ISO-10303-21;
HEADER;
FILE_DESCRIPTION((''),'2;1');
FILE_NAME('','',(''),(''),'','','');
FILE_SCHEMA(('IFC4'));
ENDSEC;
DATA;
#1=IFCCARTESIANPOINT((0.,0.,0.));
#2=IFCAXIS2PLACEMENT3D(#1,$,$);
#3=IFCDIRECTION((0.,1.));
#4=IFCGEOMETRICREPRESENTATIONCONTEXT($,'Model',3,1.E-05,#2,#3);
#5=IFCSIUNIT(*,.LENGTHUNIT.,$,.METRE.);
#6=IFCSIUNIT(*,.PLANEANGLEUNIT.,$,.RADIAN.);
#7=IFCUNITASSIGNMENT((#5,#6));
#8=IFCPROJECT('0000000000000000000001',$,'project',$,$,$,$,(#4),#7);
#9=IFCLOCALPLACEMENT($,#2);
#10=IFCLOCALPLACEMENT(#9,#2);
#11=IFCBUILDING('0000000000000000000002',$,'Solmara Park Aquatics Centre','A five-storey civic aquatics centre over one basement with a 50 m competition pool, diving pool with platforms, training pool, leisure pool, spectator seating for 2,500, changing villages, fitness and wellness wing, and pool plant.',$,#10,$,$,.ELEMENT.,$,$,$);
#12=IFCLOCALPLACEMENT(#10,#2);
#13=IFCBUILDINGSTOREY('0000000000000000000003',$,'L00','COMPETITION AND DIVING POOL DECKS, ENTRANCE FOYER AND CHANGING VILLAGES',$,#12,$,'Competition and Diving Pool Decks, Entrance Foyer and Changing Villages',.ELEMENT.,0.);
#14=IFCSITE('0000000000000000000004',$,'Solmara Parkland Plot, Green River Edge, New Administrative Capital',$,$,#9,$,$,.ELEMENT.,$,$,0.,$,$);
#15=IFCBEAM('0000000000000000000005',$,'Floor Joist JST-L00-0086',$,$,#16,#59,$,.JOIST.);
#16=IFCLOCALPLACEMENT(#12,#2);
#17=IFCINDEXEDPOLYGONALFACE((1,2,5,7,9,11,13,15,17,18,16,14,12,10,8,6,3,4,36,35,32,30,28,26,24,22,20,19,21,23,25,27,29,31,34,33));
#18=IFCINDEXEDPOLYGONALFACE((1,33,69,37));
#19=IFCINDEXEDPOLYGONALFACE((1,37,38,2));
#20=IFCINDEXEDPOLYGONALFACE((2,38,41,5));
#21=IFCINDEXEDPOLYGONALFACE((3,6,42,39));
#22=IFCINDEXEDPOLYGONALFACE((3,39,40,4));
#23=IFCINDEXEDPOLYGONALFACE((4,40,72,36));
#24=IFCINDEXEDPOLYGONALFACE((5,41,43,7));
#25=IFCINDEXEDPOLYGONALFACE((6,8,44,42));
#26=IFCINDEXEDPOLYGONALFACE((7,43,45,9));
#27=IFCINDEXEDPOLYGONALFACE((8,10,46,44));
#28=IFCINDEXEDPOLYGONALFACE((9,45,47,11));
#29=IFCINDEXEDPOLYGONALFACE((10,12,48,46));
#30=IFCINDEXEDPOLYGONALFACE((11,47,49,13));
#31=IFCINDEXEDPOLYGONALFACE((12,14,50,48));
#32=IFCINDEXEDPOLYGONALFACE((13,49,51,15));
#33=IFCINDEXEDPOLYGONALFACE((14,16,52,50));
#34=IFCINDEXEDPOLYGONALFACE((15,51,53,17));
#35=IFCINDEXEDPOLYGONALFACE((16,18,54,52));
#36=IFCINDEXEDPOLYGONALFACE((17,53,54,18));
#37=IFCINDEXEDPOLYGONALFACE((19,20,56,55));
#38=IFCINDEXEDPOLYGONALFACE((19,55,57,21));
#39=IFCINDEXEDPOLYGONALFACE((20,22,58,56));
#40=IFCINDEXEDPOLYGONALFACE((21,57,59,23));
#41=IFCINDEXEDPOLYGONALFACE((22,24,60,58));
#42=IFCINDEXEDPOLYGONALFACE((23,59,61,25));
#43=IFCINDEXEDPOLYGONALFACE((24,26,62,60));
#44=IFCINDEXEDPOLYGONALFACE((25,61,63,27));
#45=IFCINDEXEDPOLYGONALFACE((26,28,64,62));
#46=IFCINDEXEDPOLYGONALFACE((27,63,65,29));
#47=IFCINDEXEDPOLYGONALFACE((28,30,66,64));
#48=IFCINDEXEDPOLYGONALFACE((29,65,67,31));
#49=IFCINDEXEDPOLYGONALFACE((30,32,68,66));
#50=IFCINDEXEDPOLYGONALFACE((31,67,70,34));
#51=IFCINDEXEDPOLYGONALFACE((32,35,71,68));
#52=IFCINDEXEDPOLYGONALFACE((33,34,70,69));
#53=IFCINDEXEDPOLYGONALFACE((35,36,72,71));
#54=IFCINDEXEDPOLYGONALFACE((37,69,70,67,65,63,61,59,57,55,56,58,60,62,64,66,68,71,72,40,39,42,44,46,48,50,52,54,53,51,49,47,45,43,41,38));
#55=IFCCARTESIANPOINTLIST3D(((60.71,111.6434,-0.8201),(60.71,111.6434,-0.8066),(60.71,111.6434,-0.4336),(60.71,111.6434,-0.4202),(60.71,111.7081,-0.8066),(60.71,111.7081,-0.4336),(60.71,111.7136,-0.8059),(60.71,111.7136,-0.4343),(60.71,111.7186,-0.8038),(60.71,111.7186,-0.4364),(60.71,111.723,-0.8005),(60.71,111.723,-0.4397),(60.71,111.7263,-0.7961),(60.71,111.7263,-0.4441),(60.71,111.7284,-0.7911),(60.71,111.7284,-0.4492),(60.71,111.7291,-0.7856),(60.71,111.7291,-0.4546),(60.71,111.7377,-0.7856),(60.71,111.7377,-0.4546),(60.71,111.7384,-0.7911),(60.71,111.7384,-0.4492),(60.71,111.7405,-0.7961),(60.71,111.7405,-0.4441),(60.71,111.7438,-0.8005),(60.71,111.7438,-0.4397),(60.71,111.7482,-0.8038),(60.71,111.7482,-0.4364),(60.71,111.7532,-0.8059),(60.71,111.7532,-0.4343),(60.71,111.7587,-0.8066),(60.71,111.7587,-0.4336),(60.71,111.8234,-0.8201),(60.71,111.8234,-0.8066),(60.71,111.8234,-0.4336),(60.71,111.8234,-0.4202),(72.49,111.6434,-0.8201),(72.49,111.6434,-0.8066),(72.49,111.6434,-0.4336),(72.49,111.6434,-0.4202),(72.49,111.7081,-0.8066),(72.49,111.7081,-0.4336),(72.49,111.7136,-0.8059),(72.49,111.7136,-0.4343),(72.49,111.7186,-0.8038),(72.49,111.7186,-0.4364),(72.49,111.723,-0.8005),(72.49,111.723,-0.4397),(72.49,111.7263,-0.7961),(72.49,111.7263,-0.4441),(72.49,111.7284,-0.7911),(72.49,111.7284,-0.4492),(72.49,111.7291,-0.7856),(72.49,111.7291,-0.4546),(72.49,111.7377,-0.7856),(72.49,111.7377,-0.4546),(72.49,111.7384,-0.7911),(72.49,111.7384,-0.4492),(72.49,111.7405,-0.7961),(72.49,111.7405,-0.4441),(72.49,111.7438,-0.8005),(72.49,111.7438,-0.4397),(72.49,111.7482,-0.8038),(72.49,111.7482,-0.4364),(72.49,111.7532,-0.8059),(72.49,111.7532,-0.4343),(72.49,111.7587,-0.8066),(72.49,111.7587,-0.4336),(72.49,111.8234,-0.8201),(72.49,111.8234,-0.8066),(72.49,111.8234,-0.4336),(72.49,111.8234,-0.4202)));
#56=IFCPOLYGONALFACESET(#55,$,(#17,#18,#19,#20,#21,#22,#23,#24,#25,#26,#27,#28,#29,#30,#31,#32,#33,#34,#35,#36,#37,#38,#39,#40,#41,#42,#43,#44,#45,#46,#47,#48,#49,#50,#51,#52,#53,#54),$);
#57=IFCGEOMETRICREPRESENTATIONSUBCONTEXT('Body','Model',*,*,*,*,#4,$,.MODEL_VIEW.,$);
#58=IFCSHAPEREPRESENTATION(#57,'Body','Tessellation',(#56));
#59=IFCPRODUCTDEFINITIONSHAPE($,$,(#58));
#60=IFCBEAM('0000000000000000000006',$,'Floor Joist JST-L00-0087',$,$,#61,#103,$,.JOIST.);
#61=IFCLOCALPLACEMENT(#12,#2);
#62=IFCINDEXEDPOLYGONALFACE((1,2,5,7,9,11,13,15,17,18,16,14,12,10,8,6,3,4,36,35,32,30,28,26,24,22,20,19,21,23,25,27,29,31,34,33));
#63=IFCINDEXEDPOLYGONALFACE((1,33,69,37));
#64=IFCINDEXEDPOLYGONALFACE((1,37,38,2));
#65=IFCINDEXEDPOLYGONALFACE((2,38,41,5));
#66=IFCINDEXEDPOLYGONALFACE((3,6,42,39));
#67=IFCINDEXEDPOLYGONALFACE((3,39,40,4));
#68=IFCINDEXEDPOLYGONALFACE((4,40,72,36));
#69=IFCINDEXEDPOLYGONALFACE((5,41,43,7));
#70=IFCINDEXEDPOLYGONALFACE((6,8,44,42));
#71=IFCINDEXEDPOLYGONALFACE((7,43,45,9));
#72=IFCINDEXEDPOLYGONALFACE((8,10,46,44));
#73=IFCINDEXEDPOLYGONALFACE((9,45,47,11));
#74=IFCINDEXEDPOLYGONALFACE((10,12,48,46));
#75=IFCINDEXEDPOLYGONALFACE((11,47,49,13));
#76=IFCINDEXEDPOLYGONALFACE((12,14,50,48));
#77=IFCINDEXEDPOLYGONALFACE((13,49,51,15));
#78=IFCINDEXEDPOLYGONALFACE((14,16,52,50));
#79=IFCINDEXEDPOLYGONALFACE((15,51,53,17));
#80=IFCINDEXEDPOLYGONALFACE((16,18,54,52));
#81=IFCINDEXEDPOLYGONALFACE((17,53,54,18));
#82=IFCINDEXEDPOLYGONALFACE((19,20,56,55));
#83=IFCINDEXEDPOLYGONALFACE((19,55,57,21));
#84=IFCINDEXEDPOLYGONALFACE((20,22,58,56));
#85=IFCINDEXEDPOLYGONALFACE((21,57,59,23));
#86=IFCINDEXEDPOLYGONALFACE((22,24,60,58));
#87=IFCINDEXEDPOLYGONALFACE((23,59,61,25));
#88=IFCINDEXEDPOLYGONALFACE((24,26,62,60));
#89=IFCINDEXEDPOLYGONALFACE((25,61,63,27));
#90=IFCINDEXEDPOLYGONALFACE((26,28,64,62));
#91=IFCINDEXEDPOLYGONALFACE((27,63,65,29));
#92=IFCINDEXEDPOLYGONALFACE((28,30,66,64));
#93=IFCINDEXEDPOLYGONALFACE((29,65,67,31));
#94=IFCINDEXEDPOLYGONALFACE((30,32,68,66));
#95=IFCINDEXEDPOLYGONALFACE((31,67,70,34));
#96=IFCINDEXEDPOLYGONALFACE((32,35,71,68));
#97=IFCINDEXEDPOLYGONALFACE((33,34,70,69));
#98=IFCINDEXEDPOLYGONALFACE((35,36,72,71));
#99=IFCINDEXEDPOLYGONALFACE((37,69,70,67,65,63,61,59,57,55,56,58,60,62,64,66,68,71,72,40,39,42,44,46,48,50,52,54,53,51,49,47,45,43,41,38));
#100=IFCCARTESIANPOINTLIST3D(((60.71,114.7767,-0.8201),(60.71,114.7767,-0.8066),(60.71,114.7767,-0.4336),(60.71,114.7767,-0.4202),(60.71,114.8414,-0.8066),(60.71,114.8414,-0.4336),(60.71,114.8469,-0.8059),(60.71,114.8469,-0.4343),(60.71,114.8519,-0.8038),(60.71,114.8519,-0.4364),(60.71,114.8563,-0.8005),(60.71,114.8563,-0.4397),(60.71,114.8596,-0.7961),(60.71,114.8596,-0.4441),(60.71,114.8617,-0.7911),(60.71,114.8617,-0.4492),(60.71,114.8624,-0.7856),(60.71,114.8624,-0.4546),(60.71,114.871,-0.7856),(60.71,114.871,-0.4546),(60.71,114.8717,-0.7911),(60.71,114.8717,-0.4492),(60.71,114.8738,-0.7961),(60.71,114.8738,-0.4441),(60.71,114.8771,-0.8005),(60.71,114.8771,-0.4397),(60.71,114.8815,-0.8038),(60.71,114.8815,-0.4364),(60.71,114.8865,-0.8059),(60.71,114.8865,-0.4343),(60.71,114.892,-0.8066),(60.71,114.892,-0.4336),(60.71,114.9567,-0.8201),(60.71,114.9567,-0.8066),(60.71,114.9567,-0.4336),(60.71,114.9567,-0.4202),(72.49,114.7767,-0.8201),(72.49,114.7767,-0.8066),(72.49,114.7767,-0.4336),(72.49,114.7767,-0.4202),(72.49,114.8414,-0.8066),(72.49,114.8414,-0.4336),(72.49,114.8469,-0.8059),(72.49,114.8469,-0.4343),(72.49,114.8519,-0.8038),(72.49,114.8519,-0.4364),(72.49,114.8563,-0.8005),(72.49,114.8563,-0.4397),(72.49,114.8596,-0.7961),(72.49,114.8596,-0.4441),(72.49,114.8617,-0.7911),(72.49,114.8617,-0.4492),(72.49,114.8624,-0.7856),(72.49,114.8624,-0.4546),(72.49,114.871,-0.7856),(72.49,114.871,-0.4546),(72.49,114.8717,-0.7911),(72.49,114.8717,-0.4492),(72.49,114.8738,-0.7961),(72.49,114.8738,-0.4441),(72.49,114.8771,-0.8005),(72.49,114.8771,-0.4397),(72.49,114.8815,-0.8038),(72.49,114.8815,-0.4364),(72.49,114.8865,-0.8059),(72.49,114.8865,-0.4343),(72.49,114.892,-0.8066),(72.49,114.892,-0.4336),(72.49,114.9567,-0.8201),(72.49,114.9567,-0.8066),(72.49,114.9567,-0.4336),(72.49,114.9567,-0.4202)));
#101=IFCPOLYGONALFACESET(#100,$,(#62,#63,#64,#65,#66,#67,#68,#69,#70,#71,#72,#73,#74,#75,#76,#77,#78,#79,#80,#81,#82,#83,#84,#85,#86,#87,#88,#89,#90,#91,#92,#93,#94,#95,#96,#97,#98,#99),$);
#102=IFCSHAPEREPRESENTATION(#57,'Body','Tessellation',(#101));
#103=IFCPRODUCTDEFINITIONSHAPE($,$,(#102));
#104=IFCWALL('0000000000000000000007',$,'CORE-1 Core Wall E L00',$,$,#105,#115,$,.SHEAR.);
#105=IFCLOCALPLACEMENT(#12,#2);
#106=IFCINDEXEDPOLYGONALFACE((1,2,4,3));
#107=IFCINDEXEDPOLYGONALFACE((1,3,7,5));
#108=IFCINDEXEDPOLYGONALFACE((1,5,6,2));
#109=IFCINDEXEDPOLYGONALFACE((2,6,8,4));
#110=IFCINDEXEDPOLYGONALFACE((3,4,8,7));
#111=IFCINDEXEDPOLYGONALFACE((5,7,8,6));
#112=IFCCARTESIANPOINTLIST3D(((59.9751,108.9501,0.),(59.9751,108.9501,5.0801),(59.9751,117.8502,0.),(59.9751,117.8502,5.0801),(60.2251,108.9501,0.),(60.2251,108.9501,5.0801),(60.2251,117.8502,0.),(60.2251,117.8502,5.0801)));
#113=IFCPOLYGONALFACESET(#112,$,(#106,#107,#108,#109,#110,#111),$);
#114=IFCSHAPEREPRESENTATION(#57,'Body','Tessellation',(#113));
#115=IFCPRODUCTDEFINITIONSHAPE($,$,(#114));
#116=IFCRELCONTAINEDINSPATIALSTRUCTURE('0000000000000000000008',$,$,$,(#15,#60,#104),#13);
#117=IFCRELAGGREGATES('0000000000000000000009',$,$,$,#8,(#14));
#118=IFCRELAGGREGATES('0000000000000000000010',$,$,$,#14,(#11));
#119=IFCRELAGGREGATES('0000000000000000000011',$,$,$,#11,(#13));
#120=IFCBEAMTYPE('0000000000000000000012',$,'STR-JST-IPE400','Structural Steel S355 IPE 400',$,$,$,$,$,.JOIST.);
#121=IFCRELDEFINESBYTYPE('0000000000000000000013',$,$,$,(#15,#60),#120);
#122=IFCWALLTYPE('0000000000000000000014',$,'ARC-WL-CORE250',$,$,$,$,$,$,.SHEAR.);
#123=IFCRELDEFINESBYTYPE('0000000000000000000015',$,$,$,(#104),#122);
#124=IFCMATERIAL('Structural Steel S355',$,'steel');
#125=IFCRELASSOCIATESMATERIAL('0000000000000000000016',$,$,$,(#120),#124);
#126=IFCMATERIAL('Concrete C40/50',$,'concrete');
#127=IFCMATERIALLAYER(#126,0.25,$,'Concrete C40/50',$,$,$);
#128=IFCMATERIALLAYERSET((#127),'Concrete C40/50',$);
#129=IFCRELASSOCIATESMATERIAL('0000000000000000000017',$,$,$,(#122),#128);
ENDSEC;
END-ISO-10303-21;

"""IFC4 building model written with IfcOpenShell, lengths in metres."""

from ifc_helpers import new_model, si_unit, direction, frame, frame_2d, origin, origin_2d, place, context, subcontext, project, spatial, rectangle, i_section, extrude, material, layer, layer_set, material_profile, profile_set, type_object, element, save


model = new_model("IFC4")

# Units and contexts
model_context = context("Model", 3, precision=1e-05, world=origin(), true_north=direction((0.0, 1.0)))
body_context = subcontext(model_context, "Body", "Model", "MODEL_VIEW")
ifc_project = project(units=[si_unit("LENGTHUNIT", "METRE"), si_unit("PLANEANGLEUNIT", "RADIAN")], contexts=[model_context])

# Site, building, storey
site_placement = place(None, origin())
site = spatial("IfcSite", under=ifc_project, at=site_placement, Name="Solmara Parkland Plot, Green River Edge, New Administrative Capital", CompositionType="ELEMENT", RefElevation=0.0)
building_placement = place(site_placement, origin())
building = spatial("IfcBuilding", under=site, at=building_placement, Name="Solmara Park Aquatics Centre", Description="A five-storey civic aquatics centre over one basement with a 50 m competition pool, diving pool with platforms, training pool, leisure pool, spectator seating for 2,500, changing villages, fitness and wellness wing, and pool plant.", CompositionType="ELEMENT")
storey_placement = place(building_placement, origin())
storey = spatial("IfcBuildingStorey", under=building, at=storey_placement, Name="L00", Description="COMPETITION AND DIVING POOL DECKS, ENTRANCE FOYER AND CHANGING VILLAGES", LongName="Competition and Diving Pool Decks, Entrance Foyer and Changing Villages", CompositionType="ELEMENT", Elevation=0.0)

# Shared definitions
ifc_material_1 = material(Name="Concrete C40/50", Category="concrete")

# Beams
ifc_material_2 = material(Name="Structural Steel S355", Category="steel")
ifc_material_profile_1 = material_profile(ifc_material_2, i_section(OverallWidth=0.1799, OverallDepth=0.3999, WebThickness=0.0085, FlangeThickness=0.0134, FilletRadius=0.021, at=origin_2d()), Name="IPE 400")
ifc_profile_set_1 = profile_set([ifc_material_profile_1], Name="Structural Steel S355")
beam_type_1 = type_object("IfcBeamType", Name="STR-JST-IPE400", Description="Structural Steel S355 IPE 400", PredefinedType="JOIST", material=ifc_profile_set_1)
for number, where, z_axis, x_axis, name in (
    (1, (60.71, 111.7334, -0.6201), (1.0, 0.0, 0.0), (0.0, 1.0, 0.0), "Floor Joist JST-L00-0086"),
    (2, (60.71, 114.8667, -0.6201), (1.0, 0.0, 0.0), (0.0, 1.0, 0.0), "Floor Joist JST-L00-0087"),
):
    element("IfcBeam", number, at=place(storey_placement, frame(where, z_axis=z_axis, x_axis=x_axis)), inside=storey, type_object=beam_type_1, Name=name, PredefinedType="JOIST", context=body_context, shape_type="SweptSolid", body=[
        extrude(i_section(OverallWidth=0.1799, OverallDepth=0.3999, WebThickness=0.0085, FlangeThickness=0.0134, FilletRadius=0.021, at=origin_2d()), origin(), (0.0, 0.0, 1.0), 11.78),
    ])

# Wall
ifc_layer_1 = layer(ifc_material_1, 0.25, Name="Concrete C40/50")
ifc_layer_set_1 = layer_set([ifc_layer_1], Name="Concrete C40/50")
wall_type_1 = type_object("IfcWallType", Name="ARC-WL-CORE250", PredefinedType="SHEAR", material=ifc_layer_set_1)
wall_1_placement = place(storey_placement, frame((60.1001, 108.95, 0.0), z_axis=(0.0, 0.0, 1.0), x_axis=(0.0, 1.0, 0.0)))
element("IfcWall", 3, at=wall_1_placement, inside=storey, type_object=wall_type_1, Name="CORE-1 Core Wall E L00", PredefinedType="SHEAR", context=body_context, shape_type="SweptSolid", body=[
    extrude(rectangle(XDim=8.9001, YDim=0.25, at=frame_2d((4.4502, 0.0))), origin(), (0.0, 0.0, 1.0), 5.0801),
])

save(model, "model.ifc")
